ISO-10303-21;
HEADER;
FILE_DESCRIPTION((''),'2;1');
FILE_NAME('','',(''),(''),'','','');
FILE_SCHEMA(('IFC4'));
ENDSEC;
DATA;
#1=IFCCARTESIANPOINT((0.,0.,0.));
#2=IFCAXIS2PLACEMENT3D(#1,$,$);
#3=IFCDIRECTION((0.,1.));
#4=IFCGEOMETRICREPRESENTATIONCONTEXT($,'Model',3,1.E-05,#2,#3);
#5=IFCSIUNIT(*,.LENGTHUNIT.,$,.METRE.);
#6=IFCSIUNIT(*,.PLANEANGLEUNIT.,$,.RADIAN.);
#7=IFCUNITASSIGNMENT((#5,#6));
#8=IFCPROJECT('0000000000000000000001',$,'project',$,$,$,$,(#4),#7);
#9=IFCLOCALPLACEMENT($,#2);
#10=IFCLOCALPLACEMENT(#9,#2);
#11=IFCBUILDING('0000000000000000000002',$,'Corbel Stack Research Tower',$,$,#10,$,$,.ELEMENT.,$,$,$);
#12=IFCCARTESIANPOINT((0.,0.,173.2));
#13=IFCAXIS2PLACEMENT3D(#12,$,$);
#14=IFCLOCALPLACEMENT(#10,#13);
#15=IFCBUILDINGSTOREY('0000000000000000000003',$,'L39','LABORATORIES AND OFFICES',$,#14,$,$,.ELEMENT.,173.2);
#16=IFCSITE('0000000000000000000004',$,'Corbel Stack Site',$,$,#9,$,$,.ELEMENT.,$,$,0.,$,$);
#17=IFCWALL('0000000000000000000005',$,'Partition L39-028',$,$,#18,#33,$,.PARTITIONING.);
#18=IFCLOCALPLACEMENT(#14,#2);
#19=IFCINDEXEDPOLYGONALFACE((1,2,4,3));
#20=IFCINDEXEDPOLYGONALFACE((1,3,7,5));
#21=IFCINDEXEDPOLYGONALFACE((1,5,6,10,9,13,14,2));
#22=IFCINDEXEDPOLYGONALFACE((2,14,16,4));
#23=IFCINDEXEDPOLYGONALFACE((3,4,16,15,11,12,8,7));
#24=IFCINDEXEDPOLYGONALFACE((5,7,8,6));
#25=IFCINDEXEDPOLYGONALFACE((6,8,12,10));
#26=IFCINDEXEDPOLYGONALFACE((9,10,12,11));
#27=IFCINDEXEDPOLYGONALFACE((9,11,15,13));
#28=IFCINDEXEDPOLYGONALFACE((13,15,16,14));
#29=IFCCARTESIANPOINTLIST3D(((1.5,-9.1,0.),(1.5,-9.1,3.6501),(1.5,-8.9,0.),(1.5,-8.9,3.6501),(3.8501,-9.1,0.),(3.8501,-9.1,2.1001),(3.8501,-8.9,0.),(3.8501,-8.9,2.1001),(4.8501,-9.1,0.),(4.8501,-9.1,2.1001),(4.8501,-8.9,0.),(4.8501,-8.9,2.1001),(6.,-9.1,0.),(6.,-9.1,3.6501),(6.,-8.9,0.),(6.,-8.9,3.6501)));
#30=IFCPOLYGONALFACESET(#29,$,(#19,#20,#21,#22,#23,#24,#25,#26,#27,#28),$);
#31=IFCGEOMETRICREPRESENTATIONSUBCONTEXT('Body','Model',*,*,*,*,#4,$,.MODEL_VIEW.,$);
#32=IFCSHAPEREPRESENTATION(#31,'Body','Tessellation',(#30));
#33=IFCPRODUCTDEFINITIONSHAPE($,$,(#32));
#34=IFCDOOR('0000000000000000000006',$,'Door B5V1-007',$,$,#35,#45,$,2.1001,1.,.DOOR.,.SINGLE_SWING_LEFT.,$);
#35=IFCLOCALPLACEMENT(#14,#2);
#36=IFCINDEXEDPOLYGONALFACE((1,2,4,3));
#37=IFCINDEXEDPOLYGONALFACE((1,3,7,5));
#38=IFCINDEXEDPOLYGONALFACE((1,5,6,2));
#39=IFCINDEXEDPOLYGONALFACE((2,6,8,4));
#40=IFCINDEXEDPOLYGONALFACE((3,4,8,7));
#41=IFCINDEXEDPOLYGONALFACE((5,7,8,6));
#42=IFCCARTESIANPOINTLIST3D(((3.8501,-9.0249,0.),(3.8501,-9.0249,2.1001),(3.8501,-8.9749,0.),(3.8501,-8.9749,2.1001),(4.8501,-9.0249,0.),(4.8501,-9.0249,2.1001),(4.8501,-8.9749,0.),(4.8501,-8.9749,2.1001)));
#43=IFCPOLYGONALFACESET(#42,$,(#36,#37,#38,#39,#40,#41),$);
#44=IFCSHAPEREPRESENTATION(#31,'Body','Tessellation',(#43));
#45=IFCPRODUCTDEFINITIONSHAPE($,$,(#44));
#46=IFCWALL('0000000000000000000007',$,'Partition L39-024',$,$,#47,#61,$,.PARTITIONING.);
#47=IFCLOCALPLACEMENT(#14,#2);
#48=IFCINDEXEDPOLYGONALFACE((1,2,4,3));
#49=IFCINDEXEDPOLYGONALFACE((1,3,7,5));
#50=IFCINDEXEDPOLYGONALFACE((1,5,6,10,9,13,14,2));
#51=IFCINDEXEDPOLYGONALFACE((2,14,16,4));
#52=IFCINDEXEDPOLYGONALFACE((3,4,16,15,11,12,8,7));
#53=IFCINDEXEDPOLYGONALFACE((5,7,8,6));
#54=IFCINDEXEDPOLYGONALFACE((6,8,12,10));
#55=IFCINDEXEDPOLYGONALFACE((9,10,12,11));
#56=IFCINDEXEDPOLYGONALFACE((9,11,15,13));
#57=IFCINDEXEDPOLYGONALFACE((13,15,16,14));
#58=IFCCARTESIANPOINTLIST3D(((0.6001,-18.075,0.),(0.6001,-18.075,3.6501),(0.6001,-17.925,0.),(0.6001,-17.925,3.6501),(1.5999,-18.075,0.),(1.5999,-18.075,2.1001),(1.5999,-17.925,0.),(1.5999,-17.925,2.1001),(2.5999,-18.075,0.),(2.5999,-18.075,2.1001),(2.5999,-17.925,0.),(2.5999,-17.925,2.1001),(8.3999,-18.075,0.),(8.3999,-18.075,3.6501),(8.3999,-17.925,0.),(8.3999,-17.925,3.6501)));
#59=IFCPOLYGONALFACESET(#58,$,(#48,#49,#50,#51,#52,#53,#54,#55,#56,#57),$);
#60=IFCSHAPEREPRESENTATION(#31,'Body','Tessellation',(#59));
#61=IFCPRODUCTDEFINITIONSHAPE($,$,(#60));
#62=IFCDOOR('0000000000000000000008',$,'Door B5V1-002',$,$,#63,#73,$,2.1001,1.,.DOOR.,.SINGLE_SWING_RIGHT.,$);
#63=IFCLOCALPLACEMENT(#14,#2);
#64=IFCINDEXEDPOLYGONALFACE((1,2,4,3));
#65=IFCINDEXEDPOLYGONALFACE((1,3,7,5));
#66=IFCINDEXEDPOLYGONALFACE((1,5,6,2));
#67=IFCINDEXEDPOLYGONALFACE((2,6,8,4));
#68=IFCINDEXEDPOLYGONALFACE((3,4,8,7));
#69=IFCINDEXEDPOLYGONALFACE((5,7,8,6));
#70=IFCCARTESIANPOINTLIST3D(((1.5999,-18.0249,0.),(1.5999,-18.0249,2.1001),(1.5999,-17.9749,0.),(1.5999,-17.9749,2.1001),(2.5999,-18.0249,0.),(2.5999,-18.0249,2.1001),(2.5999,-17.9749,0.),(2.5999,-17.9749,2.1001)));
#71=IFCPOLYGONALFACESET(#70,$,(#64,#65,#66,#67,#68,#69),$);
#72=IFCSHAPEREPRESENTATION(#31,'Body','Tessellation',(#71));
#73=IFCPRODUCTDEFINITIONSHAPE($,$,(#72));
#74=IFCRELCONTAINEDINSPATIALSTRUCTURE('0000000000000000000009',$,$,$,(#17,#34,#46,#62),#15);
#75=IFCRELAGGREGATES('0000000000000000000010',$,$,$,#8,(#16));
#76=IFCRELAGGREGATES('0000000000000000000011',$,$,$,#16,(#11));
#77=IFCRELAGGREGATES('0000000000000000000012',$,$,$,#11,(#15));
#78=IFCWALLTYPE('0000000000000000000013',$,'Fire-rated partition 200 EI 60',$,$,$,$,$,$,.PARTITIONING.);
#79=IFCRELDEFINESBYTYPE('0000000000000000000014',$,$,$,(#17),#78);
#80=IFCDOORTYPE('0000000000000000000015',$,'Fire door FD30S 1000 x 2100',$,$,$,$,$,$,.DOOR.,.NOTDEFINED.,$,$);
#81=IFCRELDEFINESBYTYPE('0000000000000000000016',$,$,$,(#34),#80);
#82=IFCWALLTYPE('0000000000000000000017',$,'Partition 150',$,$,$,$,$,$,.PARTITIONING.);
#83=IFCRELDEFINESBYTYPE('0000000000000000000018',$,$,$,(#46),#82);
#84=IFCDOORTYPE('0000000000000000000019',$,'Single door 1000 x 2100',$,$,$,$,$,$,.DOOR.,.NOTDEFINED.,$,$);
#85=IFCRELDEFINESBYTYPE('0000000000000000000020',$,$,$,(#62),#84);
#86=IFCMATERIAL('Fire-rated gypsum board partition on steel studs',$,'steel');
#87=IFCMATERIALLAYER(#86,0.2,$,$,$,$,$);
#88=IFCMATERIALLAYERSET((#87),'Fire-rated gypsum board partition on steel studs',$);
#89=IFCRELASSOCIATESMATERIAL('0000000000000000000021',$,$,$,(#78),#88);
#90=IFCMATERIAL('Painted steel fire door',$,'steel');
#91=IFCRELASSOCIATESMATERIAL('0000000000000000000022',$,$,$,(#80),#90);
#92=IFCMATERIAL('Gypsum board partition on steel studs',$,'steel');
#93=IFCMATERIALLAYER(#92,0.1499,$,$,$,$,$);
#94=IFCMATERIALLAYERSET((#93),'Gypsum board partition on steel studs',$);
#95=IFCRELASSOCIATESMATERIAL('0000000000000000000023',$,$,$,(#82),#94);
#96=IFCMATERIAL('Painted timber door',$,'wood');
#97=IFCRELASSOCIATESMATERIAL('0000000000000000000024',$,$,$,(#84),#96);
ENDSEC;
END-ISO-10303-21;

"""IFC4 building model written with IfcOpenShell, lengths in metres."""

from ifc_helpers import new_model, si_unit, direction, frame, frame_2d, origin, place, context, subcontext, project, spatial, rectangle, extrude, material, layer, layer_set, type_object, element, fill, save


model = new_model("IFC4")

# Units and contexts
model_context = context("Model", 3, precision=1e-05, world=origin(), true_north=direction((0.0, 1.0)))
body_context = subcontext(model_context, "Body", "Model", "MODEL_VIEW")
ifc_project = project(units=[si_unit("LENGTHUNIT", "METRE"), si_unit("PLANEANGLEUNIT", "RADIAN")], contexts=[model_context])

# Site, building, storey
site_placement = place(None, origin())
site = spatial("IfcSite", under=ifc_project, at=site_placement, Name="Corbel Stack Site", CompositionType="ELEMENT", RefElevation=0.0)
building_placement = place(site_placement, origin())
building = spatial("IfcBuilding", under=site, at=building_placement, Name="Corbel Stack Research Tower", CompositionType="ELEMENT")
storey_placement = place(building_placement, frame((0.0, 0.0, 173.2)))
storey = spatial("IfcBuildingStorey", under=building, at=storey_placement, Name="L39", Description="LABORATORIES AND OFFICES", CompositionType="ELEMENT", Elevation=173.2)

# Shared definitions
ifc_material_1 = material(Name="Fire-rated gypsum board partition on steel studs", Category="steel")
ifc_layer_1 = layer(ifc_material_1, 0.2)
ifc_layer_set_1 = layer_set([ifc_layer_1], Name="Fire-rated gypsum board partition on steel studs")
wall_type_1 = type_object("IfcWallType", Name="Fire-rated partition 200 EI 60", PredefinedType="PARTITIONING", material=ifc_layer_set_1)
ifc_material_2 = material(Name="Painted steel fire door", Category="steel")
door_type_1 = type_object("IfcDoorType", Name="Fire door FD30S 1000 x 2100", OperationType="NOTDEFINED", PredefinedType="DOOR", material=ifc_material_2)

# Walls, openings, doors
wall_1_placement = place(storey_placement, frame((6.0, -9.0, 0.0), z_axis=(0.0, 0.0, 1.0), x_axis=(-1.0, 0.0, 0.0)))
wall_1 = element("IfcWall", 1, at=wall_1_placement, inside=storey, type_object=wall_type_1, Name="Partition L39-028", PredefinedType="PARTITIONING", context=body_context, shape_type="SweptSolid", body=[
    extrude(rectangle(XDim=4.5, YDim=0.2, at=frame_2d((2.25, 0.0))), origin(), (0.0, 0.0, 1.0), 3.6501),
])
opening_1_placement = place(wall_1_placement, frame((1.1499, 0.0, 0.0)))
opening_1 = element("IfcOpeningElement", 2, at=opening_1_placement, cuts=wall_1, PredefinedType="OPENING", context=body_context, shape_type="SweptSolid", body=[
    extrude(rectangle(XDim=1.0, YDim=2.1001, at=frame_2d((0.5, 1.05))), frame((0.0, 0.1099, 0.0), z_axis=(0.0, -1.0, 0.0), x_axis=(1.0, 0.0, 0.0)), (0.0, 0.0, 1.0), 0.22),
])
door_1_placement = place(opening_1_placement, origin())
door_1 = element("IfcDoor", 3, at=door_1_placement, inside=storey, type_object=door_type_1, Name="Door B5V1-007", OperationType="SINGLE_SWING_LEFT", OverallHeight=2.1001, OverallWidth=1.0, PredefinedType="DOOR", context=body_context, shape_type="SweptSolid", body=[
    extrude(rectangle(XDim=1.0, YDim=2.1001, at=frame_2d((0.5, 1.05))), frame((0.0, 0.0249, 0.0), z_axis=(0.0, -1.0, 0.0), x_axis=(1.0, 0.0, 0.0)), (0.0, 0.0, 1.0), 0.05),
])
fill(opening_1, door_1)
ifc_material_3 = material(Name="Gypsum board partition on steel studs", Category="steel")
ifc_layer_2 = layer(ifc_material_3, 0.1499)
ifc_layer_set_2 = layer_set([ifc_layer_2], Name="Gypsum board partition on steel studs")
wall_type_2 = type_object("IfcWallType", Name="Partition 150", PredefinedType="PARTITIONING", material=ifc_layer_set_2)
wall_2_placement = place(storey_placement, frame((8.3999, -18.0, 0.0), z_axis=(0.0, 0.0, 1.0), x_axis=(-1.0, 0.0, 0.0)))
wall_2 = element("IfcWall", 4, at=wall_2_placement, inside=storey, type_object=wall_type_2, Name="Partition L39-024", PredefinedType="PARTITIONING", context=body_context, shape_type="SweptSolid", body=[
    extrude(rectangle(XDim=7.7998, YDim=0.1499, at=frame_2d((3.8999, 0.0))), origin(), (0.0, 0.0, 1.0), 3.6501),
])
opening_2_placement = place(wall_2_placement, frame((5.8, 0.0, 0.0)))
opening_2 = element("IfcOpeningElement", 5, at=opening_2_placement, cuts=wall_2, PredefinedType="OPENING", context=body_context, shape_type="SweptSolid", body=[
    extrude(rectangle(XDim=1.0, YDim=2.1001, at=frame_2d((0.5, 1.05))), frame((0.0, 0.085, 0.0), z_axis=(0.0, -1.0, 0.0), x_axis=(1.0, 0.0, 0.0)), (0.0, 0.0, 1.0), 0.1699),
])
ifc_material_4 = material(Name="Painted timber door", Category="wood")
door_type_2 = type_object("IfcDoorType", Name="Single door 1000 x 2100", OperationType="NOTDEFINED", PredefinedType="DOOR", material=ifc_material_4)
door_2_placement = place(opening_2_placement, origin())
door_2 = element("IfcDoor", 6, at=door_2_placement, inside=storey, type_object=door_type_2, Name="Door B5V1-002", OperationType="SINGLE_SWING_RIGHT", OverallHeight=2.1001, OverallWidth=1.0, PredefinedType="DOOR", context=body_context, shape_type="SweptSolid", body=[
    extrude(rectangle(XDim=1.0, YDim=2.1001, at=frame_2d((0.5, 1.05))), frame((0.0, 0.0249, 0.0), z_axis=(0.0, -1.0, 0.0), x_axis=(1.0, 0.0, 0.0)), (0.0, 0.0, 1.0), 0.05),
])
fill(opening_2, door_2)

save(model, "model.ifc")
